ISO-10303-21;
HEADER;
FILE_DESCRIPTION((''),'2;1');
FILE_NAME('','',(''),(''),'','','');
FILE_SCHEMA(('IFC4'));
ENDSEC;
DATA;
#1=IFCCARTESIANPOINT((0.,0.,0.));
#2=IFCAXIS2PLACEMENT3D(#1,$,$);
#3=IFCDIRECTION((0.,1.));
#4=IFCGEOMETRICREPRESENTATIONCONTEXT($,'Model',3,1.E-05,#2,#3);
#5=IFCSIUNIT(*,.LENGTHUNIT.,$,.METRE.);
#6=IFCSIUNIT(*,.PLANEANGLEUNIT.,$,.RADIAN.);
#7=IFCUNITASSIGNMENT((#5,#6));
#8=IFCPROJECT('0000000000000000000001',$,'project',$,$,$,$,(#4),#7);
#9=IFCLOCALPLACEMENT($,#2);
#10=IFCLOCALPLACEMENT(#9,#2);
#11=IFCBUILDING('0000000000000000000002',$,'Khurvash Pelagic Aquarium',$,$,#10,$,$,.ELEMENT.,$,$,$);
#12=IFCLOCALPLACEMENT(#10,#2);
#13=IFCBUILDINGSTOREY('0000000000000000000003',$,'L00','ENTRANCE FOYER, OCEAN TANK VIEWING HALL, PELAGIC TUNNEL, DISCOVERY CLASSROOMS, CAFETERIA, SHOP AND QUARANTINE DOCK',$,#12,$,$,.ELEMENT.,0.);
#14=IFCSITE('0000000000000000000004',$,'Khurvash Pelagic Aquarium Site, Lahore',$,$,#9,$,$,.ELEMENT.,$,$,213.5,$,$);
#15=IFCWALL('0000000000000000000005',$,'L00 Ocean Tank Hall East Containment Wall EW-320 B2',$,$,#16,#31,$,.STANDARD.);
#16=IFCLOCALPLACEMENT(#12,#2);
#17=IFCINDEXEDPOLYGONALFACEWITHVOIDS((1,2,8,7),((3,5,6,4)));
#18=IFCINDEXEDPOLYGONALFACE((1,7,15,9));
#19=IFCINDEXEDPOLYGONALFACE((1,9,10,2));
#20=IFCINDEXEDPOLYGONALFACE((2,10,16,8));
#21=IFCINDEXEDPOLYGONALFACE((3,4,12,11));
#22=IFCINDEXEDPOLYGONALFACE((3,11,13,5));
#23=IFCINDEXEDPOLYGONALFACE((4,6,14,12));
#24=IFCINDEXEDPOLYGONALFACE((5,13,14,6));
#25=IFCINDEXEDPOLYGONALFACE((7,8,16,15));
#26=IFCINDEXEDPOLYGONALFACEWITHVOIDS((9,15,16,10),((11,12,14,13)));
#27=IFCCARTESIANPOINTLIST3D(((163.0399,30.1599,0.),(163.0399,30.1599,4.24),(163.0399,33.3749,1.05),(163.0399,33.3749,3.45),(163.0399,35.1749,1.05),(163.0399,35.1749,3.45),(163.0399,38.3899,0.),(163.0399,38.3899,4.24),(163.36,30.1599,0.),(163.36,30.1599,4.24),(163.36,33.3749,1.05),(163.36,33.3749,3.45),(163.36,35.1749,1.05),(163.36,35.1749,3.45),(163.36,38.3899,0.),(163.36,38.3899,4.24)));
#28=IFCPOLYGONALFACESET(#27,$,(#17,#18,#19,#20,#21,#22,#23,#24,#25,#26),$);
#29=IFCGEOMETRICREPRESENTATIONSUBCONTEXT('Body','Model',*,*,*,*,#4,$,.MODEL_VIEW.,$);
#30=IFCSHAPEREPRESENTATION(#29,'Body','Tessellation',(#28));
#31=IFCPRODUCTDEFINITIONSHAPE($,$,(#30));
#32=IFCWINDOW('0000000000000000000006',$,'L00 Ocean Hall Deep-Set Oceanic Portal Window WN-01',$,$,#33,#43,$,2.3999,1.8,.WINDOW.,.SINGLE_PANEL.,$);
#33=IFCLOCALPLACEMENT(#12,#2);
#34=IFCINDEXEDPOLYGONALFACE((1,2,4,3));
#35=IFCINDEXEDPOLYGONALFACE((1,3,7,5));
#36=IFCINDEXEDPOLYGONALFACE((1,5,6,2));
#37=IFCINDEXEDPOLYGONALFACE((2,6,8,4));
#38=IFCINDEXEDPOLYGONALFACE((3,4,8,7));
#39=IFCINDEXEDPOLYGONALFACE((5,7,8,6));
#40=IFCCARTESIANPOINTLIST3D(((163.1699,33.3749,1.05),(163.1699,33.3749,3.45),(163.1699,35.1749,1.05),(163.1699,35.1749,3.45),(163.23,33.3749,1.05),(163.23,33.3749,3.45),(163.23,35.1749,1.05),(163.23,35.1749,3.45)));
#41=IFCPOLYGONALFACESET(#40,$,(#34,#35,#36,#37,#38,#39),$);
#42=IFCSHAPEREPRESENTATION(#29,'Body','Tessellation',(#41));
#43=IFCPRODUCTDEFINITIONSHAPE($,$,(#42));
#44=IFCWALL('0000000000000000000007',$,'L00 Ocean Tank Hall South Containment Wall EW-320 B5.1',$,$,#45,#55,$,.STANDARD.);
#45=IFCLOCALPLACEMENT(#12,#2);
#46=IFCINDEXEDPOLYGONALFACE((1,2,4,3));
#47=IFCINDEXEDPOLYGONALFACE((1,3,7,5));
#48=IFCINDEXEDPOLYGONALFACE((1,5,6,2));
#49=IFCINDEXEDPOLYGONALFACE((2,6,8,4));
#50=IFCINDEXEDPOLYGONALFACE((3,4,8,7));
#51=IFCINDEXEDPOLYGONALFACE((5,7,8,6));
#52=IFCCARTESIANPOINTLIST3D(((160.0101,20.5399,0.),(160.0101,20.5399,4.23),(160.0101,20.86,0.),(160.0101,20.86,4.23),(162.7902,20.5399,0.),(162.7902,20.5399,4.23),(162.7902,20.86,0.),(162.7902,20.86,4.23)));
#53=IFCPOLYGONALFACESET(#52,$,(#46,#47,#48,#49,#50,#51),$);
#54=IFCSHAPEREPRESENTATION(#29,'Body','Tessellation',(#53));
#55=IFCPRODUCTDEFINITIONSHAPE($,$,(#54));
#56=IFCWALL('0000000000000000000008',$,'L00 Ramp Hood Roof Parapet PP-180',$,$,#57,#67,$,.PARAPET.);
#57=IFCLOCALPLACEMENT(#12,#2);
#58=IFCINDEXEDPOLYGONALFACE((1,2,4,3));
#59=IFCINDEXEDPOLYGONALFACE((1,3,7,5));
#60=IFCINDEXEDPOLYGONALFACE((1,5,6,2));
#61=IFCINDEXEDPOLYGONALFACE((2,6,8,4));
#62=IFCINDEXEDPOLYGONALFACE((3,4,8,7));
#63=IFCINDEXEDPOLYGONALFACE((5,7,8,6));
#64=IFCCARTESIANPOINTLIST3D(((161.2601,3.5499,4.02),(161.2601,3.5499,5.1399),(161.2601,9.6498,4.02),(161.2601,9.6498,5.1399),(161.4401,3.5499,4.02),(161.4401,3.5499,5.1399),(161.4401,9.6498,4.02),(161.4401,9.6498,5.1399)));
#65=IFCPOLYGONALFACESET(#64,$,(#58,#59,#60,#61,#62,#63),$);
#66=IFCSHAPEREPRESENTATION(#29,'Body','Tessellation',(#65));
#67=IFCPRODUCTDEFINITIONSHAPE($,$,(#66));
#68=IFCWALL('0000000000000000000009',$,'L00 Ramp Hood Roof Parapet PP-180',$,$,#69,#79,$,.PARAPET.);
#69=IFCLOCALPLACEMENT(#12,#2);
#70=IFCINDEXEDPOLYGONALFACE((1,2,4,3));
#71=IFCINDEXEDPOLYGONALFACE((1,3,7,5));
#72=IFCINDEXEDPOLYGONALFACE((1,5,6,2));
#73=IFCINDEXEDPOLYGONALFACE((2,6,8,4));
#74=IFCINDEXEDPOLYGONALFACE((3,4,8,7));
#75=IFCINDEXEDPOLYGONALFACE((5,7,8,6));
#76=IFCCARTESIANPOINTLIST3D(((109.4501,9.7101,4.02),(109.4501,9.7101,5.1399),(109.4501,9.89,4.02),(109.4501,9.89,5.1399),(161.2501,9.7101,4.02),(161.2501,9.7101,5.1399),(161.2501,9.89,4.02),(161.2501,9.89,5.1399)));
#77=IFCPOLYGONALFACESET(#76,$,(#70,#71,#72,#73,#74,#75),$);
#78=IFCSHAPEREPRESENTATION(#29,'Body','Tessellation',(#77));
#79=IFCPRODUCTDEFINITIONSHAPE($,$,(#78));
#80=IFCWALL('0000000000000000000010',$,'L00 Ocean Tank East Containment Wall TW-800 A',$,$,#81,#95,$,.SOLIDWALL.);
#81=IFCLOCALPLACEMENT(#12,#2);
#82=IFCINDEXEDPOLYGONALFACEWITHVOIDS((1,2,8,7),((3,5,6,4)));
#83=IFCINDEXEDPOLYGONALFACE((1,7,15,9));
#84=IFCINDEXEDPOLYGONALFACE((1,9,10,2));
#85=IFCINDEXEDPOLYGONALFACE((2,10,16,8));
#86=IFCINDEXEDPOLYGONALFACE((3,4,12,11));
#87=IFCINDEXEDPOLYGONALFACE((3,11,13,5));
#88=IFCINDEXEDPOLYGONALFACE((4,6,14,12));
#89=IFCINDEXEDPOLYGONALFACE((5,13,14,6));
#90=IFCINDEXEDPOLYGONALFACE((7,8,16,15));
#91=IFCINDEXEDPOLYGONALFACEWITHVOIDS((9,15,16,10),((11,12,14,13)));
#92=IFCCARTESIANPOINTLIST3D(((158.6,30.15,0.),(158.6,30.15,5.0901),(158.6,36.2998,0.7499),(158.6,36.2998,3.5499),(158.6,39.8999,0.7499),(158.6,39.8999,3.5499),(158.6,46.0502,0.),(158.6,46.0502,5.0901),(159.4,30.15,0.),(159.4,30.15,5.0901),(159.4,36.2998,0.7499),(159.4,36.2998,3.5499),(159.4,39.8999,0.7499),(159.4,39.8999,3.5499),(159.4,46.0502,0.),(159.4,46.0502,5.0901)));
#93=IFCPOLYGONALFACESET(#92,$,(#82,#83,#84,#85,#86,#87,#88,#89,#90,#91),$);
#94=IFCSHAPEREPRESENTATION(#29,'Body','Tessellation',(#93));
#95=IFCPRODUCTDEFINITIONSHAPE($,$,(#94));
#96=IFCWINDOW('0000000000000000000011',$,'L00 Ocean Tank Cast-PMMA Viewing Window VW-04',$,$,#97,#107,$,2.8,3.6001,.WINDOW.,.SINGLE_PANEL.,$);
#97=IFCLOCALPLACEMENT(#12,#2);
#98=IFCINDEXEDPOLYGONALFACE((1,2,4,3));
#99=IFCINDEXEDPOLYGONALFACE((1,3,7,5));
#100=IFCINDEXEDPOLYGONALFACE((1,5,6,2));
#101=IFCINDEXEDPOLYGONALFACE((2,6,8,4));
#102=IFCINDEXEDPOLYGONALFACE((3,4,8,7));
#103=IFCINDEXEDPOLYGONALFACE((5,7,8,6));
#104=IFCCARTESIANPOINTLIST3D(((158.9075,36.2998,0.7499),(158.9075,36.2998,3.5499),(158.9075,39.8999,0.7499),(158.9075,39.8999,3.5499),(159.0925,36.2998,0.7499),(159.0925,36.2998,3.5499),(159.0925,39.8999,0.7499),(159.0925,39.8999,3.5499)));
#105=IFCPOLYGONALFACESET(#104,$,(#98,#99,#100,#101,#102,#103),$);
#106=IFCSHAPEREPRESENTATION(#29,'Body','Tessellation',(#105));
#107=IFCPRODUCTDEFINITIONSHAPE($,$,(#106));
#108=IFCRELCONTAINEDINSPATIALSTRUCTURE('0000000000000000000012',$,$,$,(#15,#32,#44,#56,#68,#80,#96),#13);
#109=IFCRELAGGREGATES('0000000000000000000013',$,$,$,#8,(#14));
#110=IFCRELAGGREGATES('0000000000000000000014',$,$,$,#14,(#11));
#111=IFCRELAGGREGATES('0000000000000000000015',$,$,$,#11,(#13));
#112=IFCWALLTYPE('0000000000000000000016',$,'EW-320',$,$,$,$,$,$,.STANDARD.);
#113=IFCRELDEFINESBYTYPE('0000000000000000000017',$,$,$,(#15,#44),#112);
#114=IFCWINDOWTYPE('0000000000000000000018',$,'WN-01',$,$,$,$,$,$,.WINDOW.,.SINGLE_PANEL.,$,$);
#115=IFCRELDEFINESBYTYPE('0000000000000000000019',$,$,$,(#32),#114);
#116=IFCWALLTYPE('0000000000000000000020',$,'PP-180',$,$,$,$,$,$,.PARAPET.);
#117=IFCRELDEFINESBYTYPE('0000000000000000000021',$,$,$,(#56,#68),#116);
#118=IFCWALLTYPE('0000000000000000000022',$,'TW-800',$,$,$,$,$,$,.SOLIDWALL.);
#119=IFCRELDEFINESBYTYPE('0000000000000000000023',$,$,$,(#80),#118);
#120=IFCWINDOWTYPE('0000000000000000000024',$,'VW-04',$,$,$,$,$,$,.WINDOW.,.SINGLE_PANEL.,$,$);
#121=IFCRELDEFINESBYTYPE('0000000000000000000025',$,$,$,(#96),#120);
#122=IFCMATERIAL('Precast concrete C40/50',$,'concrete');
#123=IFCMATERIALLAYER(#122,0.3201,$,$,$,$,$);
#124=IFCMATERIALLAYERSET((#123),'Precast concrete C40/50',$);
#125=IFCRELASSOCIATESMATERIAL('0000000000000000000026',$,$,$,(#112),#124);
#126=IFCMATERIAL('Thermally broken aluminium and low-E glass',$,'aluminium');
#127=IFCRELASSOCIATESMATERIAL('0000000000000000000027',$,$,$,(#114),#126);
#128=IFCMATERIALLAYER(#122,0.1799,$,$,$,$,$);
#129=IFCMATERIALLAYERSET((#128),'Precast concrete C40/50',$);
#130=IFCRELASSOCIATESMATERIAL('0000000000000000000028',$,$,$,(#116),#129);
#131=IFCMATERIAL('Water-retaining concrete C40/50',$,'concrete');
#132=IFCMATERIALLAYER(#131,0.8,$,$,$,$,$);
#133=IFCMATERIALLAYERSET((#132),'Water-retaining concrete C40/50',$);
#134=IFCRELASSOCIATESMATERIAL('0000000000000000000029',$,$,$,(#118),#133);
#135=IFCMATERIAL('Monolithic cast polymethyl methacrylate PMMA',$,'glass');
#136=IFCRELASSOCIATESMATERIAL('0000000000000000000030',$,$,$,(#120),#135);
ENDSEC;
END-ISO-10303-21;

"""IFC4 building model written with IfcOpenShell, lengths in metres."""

from ifc_helpers import new_model, si_unit, direction, frame, frame_2d, origin, place, context, subcontext, project, spatial, rectangle, extrude, material, layer, layer_set, type_object, element, fill, save


model = new_model("IFC4")

# Units and contexts
model_context = context("Model", 3, precision=1e-05, world=origin(), true_north=direction((0.0, 1.0)))
body_context = subcontext(model_context, "Body", "Model", "MODEL_VIEW")
ifc_project = project(units=[si_unit("LENGTHUNIT", "METRE"), si_unit("PLANEANGLEUNIT", "RADIAN")], contexts=[model_context])

# Site, building, storey
site_placement = place(None, origin())
site = spatial("IfcSite", under=ifc_project, at=site_placement, Name="Khurvash Pelagic Aquarium Site, Lahore", CompositionType="ELEMENT", RefElevation=213.5)
building_placement = place(site_placement, origin())
building = spatial("IfcBuilding", under=site, at=building_placement, Name="Khurvash Pelagic Aquarium", CompositionType="ELEMENT")
storey_placement = place(building_placement, origin())
storey = spatial("IfcBuildingStorey", under=building, at=storey_placement, Name="L00", Description="ENTRANCE FOYER, OCEAN TANK VIEWING HALL, PELAGIC TUNNEL, DISCOVERY CLASSROOMS, CAFETERIA, SHOP AND QUARANTINE DOCK", CompositionType="ELEMENT", Elevation=0.0)

# Shared definitions
ifc_material_1 = material(Name="Water-retaining concrete C40/50", Category="concrete")

# Shared definitions
ifc_material_2 = material(Name="Precast concrete C40/50", Category="concrete")
ifc_layer_1 = layer(ifc_material_2, 0.3201)
ifc_layer_set_1 = layer_set([ifc_layer_1], Name="Precast concrete C40/50")
wall_type_1 = type_object("IfcWallType", Name="EW-320", PredefinedType="STANDARD", material=ifc_layer_set_1)

# Wall, opening, window
wall_1_placement = place(storey_placement, frame((163.2, 30.1599, 0.0), z_axis=(0.0, 0.0, 1.0), x_axis=(0.0, 1.0, 0.0)))
wall_1 = element("IfcWall", 1, at=wall_1_placement, inside=storey, type_object=wall_type_1, Name="L00 Ocean Tank Hall East Containment Wall EW-320 B2", PredefinedType="STANDARD", context=body_context, shape_type="SweptSolid", body=[
    extrude(rectangle(XDim=8.23, YDim=0.3201, at=frame_2d((4.115, 0.0))), origin(), (0.0, 0.0, 1.0), 4.24),
])
opening_1_placement = place(wall_1_placement, frame((3.2151, 0.0, 1.05)))
opening_1 = element("IfcOpeningElement", 2, at=opening_1_placement, cuts=wall_1, PredefinedType="OPENING", context=body_context, shape_type="SweptSolid", body=[
    extrude(rectangle(XDim=1.8, YDim=2.3999, at=frame_2d((0.8999, 1.2))), frame((0.0, 0.1699, 0.0), z_axis=(0.0, -1.0, 0.0), x_axis=(1.0, 0.0, 0.0)), (0.0, 0.0, 1.0), 0.3401),
])
ifc_material_3 = material(Name="Thermally broken aluminium and low-E glass", Category="aluminium")
window_type_1 = type_object("IfcWindowType", Name="WN-01", PartitioningType="SINGLE_PANEL", PredefinedType="WINDOW", material=ifc_material_3)
window_1_placement = place(opening_1_placement, origin())
window_1 = element("IfcWindow", 3, at=window_1_placement, inside=storey, type_object=window_type_1, Name="L00 Ocean Hall Deep-Set Oceanic Portal Window WN-01", OverallHeight=2.3999, OverallWidth=1.8, PartitioningType="SINGLE_PANEL", PredefinedType="WINDOW", context=body_context, shape_type="SweptSolid", body=[
    extrude(rectangle(XDim=1.8, YDim=2.3999, at=frame_2d((0.8999, 1.2))), frame((0.0, 0.03, 0.0), z_axis=(0.0, -1.0, 0.0), x_axis=(1.0, 0.0, 0.0)), (0.0, 0.0, 1.0), 0.0601),
])
fill(opening_1, window_1)

# Walls
wall_2_placement = place(storey_placement, frame((160.01, 20.7, 0.0), z_axis=(0.0, 0.0, 1.0), x_axis=(1.0, 0.0, 0.0)))
element("IfcWall", 4, at=wall_2_placement, inside=storey, type_object=wall_type_1, Name="L00 Ocean Tank Hall South Containment Wall EW-320 B5.1", PredefinedType="STANDARD", context=body_context, shape_type="SweptSolid", body=[
    extrude(rectangle(XDim=2.78, YDim=0.3201, at=frame_2d((1.3901, 0.0))), origin(), (0.0, 0.0, 1.0), 4.23),
])
ifc_layer_2 = layer(ifc_material_2, 0.1799)
ifc_layer_set_2 = layer_set([ifc_layer_2], Name="Precast concrete C40/50")
wall_type_2 = type_object("IfcWallType", Name="PP-180", PredefinedType="PARAPET", material=ifc_layer_set_2)
wall_3_placement = place(storey_placement, frame((161.3501, 3.55, 4.02), z_axis=(0.0, 0.0, 1.0), x_axis=(0.0, 1.0, 0.0)))
element("IfcWall", 5, at=wall_3_placement, inside=storey, type_object=wall_type_2, Name="L00 Ramp Hood Roof Parapet PP-180", PredefinedType="PARAPET", context=body_context, shape_type="SweptSolid", body=[
    extrude(rectangle(XDim=6.0999, YDim=0.1799, at=frame_2d((3.0498, 0.0))), origin(), (0.0, 0.0, 1.0), 1.1199),
])
wall_4_placement = place(storey_placement, frame((161.25, 9.8, 4.02), z_axis=(0.0, 0.0, 1.0), x_axis=(-1.0, 0.0, 0.0)))
element("IfcWall", 6, at=wall_4_placement, inside=storey, type_object=wall_type_2, Name="L00 Ramp Hood Roof Parapet PP-180", PredefinedType="PARAPET", context=body_context, shape_type="SweptSolid", body=[
    extrude(rectangle(XDim=51.8, YDim=0.1799, at=frame_2d((25.8999, 0.0))), origin(), (0.0, 0.0, 1.0), 1.1199),
])

# Wall, opening, window
ifc_layer_3 = layer(ifc_material_1, 0.8)
ifc_layer_set_3 = layer_set([ifc_layer_3], Name="Water-retaining concrete C40/50")
wall_type_3 = type_object("IfcWallType", Name="TW-800", PredefinedType="SOLIDWALL", material=ifc_layer_set_3)
wall_5_placement = place(storey_placement, frame((159.0, 30.1499, 0.0), z_axis=(0.0, 0.0, 1.0), x_axis=(0.0, 1.0, 0.0)))
wall_5 = element("IfcWall", 7, at=wall_5_placement, inside=storey, type_object=wall_type_3, Name="L00 Ocean Tank East Containment Wall TW-800 A", PredefinedType="SOLIDWALL", context=body_context, shape_type="SweptSolid", body=[
    extrude(rectangle(XDim=15.9001, YDim=0.8, at=frame_2d((7.9502, 0.0))), origin(), (0.0, 0.0, 1.0), 5.0901),
])
opening_2_placement = place(wall_5_placement, frame((6.1499, 0.0, 0.75)))
opening_2 = element("IfcOpeningElement", 8, at=opening_2_placement, cuts=wall_5, PredefinedType="OPENING", context=body_context, shape_type="SweptSolid", body=[
    extrude(rectangle(XDim=3.6001, YDim=2.8, at=frame_2d((1.8, 1.3999))), frame((0.0, 0.4102, 0.0), z_axis=(0.0, -1.0, 0.0), x_axis=(1.0, 0.0, 0.0)), (0.0, 0.0, 1.0), 0.8201),
])
ifc_material_4 = material(Name="Monolithic cast polymethyl methacrylate PMMA", Category="glass")
window_type_2 = type_object("IfcWindowType", Name="VW-04", PartitioningType="SINGLE_PANEL", PredefinedType="WINDOW", material=ifc_material_4)
window_2_placement = place(opening_2_placement, origin())
window_2 = element("IfcWindow", 9, at=window_2_placement, inside=storey, type_object=window_type_2, Name="L00 Ocean Tank Cast-PMMA Viewing Window VW-04", OverallHeight=2.8, OverallWidth=3.6001, PartitioningType="SINGLE_PANEL", PredefinedType="WINDOW", context=body_context, shape_type="SweptSolid", body=[
    extrude(rectangle(XDim=3.6001, YDim=2.8, at=frame_2d((1.8, 1.3999))), frame((0.0, 0.0925, 0.0), z_axis=(0.0, -1.0, 0.0), x_axis=(1.0, 0.0, 0.0)), (0.0, 0.0, 1.0), 0.1851),
])
fill(opening_2, window_2)

save(model, "model.ifc")
